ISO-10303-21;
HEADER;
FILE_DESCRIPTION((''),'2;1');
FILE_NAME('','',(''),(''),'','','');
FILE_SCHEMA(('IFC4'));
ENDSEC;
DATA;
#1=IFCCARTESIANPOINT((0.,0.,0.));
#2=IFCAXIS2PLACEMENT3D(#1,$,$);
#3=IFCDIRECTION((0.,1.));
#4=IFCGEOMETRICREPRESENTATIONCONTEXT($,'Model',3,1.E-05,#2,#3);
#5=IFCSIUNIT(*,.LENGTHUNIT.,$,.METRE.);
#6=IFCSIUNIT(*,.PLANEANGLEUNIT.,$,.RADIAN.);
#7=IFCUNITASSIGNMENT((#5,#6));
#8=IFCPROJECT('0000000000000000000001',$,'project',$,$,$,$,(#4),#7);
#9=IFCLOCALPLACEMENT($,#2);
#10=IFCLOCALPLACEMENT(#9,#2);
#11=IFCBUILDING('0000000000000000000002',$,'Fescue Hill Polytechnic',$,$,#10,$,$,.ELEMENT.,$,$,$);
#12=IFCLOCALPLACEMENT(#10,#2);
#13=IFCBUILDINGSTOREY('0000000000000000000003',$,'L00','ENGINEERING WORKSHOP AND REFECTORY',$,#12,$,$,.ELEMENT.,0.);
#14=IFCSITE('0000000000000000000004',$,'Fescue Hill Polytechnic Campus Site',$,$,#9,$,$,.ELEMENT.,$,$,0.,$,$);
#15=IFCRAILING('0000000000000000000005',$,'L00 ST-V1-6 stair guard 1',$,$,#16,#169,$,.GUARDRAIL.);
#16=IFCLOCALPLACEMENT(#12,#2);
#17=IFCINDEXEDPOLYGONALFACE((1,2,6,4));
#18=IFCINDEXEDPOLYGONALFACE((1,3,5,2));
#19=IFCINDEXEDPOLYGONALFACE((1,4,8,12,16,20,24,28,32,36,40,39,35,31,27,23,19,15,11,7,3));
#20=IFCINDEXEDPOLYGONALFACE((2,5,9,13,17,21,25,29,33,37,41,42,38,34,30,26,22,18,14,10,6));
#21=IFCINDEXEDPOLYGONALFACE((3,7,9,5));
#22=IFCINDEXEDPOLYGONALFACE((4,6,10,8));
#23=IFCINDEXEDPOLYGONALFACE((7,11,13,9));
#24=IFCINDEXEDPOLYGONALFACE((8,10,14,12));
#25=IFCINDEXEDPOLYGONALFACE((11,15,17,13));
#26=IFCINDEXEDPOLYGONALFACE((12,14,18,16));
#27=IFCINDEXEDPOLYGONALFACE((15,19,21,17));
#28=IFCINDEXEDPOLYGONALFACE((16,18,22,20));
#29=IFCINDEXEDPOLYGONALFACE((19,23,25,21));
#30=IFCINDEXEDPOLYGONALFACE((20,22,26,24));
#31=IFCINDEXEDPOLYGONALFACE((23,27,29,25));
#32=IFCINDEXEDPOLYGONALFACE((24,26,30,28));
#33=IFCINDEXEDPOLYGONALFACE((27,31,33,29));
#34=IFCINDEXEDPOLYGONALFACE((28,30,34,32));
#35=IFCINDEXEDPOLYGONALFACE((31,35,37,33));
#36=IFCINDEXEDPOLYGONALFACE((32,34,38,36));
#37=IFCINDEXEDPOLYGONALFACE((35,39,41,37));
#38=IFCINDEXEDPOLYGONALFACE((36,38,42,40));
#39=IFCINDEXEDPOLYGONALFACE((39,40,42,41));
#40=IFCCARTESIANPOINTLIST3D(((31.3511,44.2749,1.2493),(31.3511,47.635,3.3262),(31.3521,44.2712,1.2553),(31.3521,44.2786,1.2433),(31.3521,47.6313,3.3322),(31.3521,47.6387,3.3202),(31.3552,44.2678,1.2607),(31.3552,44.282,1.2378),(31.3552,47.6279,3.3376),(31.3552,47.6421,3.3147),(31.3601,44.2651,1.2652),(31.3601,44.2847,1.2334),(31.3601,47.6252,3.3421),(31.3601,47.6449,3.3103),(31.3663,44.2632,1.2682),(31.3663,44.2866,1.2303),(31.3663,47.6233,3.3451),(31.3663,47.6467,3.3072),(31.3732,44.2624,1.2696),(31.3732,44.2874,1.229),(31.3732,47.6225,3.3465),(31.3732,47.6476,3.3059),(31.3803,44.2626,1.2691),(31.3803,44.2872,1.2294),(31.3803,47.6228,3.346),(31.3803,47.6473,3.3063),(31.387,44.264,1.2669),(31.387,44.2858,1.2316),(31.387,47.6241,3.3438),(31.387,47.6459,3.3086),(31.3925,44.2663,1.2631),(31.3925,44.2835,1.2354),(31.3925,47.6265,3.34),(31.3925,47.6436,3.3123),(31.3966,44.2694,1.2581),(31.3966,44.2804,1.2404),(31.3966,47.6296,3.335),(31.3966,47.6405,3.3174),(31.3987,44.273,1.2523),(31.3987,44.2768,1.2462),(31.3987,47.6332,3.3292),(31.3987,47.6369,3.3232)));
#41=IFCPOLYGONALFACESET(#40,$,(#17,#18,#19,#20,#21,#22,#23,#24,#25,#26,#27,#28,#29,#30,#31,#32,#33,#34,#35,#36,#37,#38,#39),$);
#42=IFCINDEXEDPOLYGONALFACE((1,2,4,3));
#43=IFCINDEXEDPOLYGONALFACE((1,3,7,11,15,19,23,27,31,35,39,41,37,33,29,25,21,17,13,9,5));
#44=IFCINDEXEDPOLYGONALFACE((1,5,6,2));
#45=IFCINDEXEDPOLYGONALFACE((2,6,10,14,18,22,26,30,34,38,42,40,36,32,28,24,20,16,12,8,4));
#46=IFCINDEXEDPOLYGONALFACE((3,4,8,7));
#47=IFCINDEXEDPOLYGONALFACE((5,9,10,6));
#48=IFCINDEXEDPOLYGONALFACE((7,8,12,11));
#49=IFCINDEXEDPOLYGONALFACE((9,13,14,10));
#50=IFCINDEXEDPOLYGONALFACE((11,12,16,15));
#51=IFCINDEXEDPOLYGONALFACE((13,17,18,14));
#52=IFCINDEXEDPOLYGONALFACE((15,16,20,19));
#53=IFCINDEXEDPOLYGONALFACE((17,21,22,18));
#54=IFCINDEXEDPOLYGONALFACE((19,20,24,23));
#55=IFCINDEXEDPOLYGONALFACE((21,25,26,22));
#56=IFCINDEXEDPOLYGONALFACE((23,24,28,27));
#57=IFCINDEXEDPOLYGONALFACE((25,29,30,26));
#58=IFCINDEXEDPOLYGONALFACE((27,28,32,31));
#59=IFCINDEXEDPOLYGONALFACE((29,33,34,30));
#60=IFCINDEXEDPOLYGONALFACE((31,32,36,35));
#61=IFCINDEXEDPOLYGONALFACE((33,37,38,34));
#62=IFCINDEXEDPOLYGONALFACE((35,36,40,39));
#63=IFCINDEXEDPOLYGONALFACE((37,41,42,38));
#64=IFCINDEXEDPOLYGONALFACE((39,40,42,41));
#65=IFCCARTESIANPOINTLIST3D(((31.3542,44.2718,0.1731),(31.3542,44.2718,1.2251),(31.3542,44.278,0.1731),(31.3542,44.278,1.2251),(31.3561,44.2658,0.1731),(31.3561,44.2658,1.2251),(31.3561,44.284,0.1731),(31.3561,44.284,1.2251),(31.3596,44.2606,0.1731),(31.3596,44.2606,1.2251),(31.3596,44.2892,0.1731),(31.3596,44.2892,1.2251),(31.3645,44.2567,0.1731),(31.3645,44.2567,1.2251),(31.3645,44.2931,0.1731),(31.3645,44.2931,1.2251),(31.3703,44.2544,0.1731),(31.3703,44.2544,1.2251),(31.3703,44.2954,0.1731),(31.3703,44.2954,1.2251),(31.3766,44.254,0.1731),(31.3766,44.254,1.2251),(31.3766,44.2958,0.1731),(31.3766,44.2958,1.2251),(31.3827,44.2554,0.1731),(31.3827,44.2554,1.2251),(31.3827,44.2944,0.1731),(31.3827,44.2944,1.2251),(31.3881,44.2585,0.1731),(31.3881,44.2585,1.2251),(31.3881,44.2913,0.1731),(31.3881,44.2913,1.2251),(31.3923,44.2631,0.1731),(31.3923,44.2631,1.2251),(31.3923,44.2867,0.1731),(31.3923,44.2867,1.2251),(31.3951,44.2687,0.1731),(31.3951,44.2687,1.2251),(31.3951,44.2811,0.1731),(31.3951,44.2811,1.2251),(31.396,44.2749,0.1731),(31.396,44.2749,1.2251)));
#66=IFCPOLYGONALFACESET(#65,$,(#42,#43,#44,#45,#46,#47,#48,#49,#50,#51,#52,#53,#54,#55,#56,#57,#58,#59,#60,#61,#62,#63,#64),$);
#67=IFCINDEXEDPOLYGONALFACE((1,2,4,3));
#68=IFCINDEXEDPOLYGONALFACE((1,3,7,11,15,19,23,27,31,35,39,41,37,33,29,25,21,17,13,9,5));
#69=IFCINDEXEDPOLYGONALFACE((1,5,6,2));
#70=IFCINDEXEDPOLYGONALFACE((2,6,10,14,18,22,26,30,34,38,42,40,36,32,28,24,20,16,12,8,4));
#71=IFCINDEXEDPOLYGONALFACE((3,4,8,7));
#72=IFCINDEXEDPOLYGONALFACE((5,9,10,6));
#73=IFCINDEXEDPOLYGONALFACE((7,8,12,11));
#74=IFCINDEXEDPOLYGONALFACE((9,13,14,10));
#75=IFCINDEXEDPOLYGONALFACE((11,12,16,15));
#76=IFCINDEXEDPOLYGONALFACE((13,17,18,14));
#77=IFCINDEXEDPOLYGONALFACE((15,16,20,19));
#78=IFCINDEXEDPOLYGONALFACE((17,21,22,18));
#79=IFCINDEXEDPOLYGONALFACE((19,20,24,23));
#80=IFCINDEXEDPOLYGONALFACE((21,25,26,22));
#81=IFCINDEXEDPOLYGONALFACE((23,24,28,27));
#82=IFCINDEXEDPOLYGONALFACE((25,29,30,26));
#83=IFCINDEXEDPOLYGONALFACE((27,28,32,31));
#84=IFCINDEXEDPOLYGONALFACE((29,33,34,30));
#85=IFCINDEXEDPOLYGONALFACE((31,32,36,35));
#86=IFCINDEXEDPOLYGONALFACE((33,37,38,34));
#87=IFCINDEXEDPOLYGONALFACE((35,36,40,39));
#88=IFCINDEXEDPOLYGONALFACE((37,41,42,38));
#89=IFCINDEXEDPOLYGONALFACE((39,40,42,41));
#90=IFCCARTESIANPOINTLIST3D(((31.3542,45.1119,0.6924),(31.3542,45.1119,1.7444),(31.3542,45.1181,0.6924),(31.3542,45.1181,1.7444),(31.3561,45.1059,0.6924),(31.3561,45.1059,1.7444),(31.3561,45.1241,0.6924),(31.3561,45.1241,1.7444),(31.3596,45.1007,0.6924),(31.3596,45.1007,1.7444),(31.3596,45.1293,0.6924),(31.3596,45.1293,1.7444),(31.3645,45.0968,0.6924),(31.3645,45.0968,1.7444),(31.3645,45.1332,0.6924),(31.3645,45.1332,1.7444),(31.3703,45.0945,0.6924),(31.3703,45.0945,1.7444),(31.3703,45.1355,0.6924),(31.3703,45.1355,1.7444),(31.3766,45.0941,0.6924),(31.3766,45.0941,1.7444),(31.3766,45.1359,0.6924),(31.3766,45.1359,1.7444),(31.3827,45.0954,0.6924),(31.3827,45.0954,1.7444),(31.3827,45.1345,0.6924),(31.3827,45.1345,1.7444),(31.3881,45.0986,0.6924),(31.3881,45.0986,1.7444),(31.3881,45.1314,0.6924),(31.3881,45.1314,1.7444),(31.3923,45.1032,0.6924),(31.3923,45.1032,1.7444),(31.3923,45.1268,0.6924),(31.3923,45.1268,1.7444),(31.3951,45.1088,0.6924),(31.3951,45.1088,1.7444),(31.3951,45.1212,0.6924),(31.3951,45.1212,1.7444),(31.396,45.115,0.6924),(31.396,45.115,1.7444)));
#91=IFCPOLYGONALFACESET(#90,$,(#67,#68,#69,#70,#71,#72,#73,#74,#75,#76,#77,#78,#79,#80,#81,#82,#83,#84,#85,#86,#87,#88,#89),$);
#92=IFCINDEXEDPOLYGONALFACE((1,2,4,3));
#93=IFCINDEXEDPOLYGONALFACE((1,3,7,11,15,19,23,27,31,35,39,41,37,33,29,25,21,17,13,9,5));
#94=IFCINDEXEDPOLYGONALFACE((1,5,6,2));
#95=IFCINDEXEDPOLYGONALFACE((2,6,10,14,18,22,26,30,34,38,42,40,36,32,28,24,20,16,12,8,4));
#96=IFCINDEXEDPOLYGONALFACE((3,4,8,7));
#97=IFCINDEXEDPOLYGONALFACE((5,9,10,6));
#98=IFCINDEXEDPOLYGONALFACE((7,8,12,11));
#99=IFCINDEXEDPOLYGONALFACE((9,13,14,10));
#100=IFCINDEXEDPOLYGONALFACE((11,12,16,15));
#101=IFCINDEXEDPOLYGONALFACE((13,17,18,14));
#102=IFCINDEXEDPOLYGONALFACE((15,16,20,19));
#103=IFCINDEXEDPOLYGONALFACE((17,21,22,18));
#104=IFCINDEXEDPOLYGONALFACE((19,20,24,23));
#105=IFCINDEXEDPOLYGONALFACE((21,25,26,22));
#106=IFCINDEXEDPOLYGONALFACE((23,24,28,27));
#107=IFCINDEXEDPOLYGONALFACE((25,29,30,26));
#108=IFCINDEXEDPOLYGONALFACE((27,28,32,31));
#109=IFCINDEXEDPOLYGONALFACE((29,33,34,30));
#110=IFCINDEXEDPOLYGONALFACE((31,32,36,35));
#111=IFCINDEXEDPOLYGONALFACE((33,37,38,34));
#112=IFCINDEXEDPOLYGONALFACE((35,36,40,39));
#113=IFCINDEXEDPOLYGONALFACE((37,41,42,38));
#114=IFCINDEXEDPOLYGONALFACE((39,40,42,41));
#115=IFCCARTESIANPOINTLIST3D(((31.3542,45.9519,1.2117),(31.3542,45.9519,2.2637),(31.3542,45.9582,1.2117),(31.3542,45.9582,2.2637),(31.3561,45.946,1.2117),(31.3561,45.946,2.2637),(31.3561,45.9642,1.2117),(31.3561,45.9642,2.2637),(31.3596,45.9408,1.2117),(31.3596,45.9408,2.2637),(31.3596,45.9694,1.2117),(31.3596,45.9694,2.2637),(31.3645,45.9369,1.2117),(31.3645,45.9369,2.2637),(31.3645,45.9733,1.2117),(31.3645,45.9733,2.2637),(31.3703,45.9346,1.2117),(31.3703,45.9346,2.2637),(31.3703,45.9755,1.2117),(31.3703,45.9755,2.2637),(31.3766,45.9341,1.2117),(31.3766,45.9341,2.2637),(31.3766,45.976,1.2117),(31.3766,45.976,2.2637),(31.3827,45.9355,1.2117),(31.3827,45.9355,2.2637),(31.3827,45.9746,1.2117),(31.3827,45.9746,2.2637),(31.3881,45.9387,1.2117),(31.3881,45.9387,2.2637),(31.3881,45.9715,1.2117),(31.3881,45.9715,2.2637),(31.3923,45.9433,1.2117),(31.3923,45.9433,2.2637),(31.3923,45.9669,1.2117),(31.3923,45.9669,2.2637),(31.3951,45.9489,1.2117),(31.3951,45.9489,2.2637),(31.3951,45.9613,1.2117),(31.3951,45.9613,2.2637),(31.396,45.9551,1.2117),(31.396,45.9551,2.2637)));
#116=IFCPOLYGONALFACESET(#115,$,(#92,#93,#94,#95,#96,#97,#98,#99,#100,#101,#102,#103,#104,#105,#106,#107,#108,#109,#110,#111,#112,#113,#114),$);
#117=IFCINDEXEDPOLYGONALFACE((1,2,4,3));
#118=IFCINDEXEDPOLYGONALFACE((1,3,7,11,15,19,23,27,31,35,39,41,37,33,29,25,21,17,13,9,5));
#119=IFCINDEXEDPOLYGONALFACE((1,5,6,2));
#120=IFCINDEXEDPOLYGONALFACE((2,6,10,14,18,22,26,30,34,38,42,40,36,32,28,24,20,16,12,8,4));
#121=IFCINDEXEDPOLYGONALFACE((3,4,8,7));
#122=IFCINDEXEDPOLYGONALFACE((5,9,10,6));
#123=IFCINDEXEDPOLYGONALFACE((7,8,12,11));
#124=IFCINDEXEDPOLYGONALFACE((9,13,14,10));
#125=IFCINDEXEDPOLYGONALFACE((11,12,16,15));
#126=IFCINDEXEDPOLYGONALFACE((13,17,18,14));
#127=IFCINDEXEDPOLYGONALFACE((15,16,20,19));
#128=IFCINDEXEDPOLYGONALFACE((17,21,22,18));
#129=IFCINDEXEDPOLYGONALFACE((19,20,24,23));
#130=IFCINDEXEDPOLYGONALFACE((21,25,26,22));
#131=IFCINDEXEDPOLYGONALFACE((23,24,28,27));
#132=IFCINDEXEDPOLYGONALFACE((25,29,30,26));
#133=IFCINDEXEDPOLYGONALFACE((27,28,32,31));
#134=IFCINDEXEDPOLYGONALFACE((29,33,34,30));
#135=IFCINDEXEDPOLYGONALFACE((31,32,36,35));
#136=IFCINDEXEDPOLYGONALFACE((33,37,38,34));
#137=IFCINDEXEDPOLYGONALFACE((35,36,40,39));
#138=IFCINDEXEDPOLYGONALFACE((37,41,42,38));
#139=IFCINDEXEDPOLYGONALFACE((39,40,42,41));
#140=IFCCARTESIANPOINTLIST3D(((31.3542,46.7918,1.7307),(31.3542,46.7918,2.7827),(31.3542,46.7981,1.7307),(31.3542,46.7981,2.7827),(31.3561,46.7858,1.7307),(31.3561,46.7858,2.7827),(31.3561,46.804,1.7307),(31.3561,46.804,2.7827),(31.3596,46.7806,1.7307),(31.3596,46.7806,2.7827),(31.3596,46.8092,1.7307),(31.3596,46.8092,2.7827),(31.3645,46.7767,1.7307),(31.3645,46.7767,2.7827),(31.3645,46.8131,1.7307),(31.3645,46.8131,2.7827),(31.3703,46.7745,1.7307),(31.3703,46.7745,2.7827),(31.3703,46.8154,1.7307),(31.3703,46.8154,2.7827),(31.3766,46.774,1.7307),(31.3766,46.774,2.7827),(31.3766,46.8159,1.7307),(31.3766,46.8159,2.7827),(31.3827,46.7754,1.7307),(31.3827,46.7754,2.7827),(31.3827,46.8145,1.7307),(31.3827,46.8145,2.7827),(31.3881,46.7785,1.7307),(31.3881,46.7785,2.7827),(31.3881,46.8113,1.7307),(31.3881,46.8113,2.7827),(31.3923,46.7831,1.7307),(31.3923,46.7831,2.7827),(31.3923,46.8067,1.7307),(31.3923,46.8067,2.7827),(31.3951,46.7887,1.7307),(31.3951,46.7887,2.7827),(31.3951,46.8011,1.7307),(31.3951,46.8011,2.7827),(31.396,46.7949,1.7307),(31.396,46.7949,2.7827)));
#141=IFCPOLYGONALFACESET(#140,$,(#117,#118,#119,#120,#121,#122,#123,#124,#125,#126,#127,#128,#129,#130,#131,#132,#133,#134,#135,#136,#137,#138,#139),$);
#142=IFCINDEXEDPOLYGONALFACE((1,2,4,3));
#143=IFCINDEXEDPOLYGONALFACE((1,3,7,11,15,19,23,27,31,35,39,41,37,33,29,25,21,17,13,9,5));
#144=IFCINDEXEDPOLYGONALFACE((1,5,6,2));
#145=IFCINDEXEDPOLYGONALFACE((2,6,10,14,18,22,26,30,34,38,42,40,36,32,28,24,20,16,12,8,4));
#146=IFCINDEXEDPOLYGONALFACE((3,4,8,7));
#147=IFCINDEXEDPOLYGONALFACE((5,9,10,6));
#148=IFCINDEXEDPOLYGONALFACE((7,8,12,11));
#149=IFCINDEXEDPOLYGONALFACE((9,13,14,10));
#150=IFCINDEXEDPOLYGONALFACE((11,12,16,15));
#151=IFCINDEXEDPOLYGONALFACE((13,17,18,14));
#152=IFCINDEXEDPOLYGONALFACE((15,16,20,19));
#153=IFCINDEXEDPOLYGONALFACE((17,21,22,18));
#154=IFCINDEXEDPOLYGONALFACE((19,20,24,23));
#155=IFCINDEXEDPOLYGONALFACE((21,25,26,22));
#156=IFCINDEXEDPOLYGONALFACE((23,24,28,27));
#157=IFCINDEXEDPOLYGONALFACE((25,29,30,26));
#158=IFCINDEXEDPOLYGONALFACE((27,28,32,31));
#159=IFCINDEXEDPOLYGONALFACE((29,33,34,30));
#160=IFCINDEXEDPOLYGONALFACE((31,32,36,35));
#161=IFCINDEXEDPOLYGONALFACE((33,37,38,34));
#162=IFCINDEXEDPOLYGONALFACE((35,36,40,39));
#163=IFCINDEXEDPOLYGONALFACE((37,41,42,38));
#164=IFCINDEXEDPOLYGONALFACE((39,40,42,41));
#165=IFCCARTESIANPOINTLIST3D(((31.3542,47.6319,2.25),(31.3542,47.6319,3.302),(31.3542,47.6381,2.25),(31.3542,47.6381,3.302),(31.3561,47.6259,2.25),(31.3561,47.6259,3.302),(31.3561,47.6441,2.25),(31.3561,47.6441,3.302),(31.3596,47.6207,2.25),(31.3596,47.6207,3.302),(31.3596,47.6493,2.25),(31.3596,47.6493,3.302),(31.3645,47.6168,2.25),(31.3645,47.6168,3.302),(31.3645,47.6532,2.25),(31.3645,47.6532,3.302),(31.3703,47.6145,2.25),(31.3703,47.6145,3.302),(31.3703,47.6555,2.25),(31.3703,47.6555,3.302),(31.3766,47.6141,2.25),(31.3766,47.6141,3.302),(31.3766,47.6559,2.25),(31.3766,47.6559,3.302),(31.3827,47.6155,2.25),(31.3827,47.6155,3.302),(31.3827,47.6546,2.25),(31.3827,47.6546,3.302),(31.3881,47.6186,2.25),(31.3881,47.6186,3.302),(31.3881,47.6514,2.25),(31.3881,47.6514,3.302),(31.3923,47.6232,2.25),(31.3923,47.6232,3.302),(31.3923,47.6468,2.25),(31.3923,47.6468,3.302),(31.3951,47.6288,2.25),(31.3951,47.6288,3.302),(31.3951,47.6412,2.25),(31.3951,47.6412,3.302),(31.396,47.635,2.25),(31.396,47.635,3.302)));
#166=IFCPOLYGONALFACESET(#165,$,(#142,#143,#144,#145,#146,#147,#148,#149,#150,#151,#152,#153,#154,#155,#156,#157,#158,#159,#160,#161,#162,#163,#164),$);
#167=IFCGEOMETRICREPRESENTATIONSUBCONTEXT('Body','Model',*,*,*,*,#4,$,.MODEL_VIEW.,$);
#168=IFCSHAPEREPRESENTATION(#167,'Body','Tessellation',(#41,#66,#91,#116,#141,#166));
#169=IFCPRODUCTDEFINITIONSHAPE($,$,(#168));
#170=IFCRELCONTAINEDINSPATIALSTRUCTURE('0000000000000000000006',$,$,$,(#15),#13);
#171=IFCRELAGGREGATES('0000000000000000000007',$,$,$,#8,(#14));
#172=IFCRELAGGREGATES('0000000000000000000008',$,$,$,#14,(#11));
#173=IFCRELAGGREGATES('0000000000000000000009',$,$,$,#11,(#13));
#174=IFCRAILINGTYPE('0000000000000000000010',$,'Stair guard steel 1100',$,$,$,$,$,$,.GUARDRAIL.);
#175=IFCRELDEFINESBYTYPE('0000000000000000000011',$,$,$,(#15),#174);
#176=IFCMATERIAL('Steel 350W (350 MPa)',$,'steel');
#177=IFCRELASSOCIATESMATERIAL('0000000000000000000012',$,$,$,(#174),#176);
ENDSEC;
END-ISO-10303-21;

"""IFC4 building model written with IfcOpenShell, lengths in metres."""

from ifc_helpers import new_model, si_unit, direction, frame, origin, origin_2d, place, context, subcontext, project, spatial, circle, extrude, material, type_object, element, save


model = new_model("IFC4")

# Units and contexts
model_context = context("Model", 3, precision=1e-05, world=origin(), true_north=direction((0.0, 1.0)))
body_context = subcontext(model_context, "Body", "Model", "MODEL_VIEW")
ifc_project = project(units=[si_unit("LENGTHUNIT", "METRE"), si_unit("PLANEANGLEUNIT", "RADIAN")], contexts=[model_context])

# Site, building, storey
site_placement = place(None, origin())
site = spatial("IfcSite", under=ifc_project, at=site_placement, Name="Fescue Hill Polytechnic Campus Site", CompositionType="ELEMENT", RefElevation=0.0)
building_placement = place(site_placement, origin())
building = spatial("IfcBuilding", under=site, at=building_placement, Name="Fescue Hill Polytechnic", CompositionType="ELEMENT")
storey_placement = place(building_placement, origin())
storey = spatial("IfcBuildingStorey", under=building, at=storey_placement, Name="L00", Description="ENGINEERING WORKSHOP AND REFECTORY", CompositionType="ELEMENT", Elevation=0.0)

# Railing
ifc_material_1 = material(Name="Steel 350W (350 MPa)", Category="steel")
railing_type_1 = type_object("IfcRailingType", Name="Stair guard steel 1100", PredefinedType="GUARDRAIL", material=ifc_material_1)
railing_1_placement = place(storey_placement, frame((31.375, 44.2749, 0.1731)))
element("IfcRailing", 1, at=railing_1_placement, inside=storey, type_object=railing_type_1, Name="L00 ST-V1-6 stair guard 1", PredefinedType="GUARDRAIL", context=body_context, shape_type="SweptSolid", body=[
    extrude(circle(Radius=0.0239, at=origin_2d()), frame((0.0, 0.0, 1.0762), z_axis=(0.0, 0.850623, 0.525776), x_axis=(-1.0, 0.0, 0.0)), (0.0, 0.0, 1.0), 3.9502),
    extrude(circle(Radius=0.021, at=origin_2d()), origin(), (0.0, 0.0, 1.0), 1.052),
    extrude(circle(Radius=0.021, at=origin_2d()), frame((0.0, 0.8401, 0.5193)), (0.0, 0.0, 1.0), 1.052),
    extrude(circle(Radius=0.021, at=origin_2d()), frame((0.0, 1.6802, 1.0386)), (0.0, 0.0, 1.0), 1.052),
    extrude(circle(Radius=0.021, at=origin_2d()), frame((0.0, 2.52, 1.5576)), (0.0, 0.0, 1.0), 1.052),
    extrude(circle(Radius=0.021, at=origin_2d()), frame((0.0, 3.3601, 2.0769)), (0.0, 0.0, 1.0), 1.052),
])

save(model, "model.ifc")
